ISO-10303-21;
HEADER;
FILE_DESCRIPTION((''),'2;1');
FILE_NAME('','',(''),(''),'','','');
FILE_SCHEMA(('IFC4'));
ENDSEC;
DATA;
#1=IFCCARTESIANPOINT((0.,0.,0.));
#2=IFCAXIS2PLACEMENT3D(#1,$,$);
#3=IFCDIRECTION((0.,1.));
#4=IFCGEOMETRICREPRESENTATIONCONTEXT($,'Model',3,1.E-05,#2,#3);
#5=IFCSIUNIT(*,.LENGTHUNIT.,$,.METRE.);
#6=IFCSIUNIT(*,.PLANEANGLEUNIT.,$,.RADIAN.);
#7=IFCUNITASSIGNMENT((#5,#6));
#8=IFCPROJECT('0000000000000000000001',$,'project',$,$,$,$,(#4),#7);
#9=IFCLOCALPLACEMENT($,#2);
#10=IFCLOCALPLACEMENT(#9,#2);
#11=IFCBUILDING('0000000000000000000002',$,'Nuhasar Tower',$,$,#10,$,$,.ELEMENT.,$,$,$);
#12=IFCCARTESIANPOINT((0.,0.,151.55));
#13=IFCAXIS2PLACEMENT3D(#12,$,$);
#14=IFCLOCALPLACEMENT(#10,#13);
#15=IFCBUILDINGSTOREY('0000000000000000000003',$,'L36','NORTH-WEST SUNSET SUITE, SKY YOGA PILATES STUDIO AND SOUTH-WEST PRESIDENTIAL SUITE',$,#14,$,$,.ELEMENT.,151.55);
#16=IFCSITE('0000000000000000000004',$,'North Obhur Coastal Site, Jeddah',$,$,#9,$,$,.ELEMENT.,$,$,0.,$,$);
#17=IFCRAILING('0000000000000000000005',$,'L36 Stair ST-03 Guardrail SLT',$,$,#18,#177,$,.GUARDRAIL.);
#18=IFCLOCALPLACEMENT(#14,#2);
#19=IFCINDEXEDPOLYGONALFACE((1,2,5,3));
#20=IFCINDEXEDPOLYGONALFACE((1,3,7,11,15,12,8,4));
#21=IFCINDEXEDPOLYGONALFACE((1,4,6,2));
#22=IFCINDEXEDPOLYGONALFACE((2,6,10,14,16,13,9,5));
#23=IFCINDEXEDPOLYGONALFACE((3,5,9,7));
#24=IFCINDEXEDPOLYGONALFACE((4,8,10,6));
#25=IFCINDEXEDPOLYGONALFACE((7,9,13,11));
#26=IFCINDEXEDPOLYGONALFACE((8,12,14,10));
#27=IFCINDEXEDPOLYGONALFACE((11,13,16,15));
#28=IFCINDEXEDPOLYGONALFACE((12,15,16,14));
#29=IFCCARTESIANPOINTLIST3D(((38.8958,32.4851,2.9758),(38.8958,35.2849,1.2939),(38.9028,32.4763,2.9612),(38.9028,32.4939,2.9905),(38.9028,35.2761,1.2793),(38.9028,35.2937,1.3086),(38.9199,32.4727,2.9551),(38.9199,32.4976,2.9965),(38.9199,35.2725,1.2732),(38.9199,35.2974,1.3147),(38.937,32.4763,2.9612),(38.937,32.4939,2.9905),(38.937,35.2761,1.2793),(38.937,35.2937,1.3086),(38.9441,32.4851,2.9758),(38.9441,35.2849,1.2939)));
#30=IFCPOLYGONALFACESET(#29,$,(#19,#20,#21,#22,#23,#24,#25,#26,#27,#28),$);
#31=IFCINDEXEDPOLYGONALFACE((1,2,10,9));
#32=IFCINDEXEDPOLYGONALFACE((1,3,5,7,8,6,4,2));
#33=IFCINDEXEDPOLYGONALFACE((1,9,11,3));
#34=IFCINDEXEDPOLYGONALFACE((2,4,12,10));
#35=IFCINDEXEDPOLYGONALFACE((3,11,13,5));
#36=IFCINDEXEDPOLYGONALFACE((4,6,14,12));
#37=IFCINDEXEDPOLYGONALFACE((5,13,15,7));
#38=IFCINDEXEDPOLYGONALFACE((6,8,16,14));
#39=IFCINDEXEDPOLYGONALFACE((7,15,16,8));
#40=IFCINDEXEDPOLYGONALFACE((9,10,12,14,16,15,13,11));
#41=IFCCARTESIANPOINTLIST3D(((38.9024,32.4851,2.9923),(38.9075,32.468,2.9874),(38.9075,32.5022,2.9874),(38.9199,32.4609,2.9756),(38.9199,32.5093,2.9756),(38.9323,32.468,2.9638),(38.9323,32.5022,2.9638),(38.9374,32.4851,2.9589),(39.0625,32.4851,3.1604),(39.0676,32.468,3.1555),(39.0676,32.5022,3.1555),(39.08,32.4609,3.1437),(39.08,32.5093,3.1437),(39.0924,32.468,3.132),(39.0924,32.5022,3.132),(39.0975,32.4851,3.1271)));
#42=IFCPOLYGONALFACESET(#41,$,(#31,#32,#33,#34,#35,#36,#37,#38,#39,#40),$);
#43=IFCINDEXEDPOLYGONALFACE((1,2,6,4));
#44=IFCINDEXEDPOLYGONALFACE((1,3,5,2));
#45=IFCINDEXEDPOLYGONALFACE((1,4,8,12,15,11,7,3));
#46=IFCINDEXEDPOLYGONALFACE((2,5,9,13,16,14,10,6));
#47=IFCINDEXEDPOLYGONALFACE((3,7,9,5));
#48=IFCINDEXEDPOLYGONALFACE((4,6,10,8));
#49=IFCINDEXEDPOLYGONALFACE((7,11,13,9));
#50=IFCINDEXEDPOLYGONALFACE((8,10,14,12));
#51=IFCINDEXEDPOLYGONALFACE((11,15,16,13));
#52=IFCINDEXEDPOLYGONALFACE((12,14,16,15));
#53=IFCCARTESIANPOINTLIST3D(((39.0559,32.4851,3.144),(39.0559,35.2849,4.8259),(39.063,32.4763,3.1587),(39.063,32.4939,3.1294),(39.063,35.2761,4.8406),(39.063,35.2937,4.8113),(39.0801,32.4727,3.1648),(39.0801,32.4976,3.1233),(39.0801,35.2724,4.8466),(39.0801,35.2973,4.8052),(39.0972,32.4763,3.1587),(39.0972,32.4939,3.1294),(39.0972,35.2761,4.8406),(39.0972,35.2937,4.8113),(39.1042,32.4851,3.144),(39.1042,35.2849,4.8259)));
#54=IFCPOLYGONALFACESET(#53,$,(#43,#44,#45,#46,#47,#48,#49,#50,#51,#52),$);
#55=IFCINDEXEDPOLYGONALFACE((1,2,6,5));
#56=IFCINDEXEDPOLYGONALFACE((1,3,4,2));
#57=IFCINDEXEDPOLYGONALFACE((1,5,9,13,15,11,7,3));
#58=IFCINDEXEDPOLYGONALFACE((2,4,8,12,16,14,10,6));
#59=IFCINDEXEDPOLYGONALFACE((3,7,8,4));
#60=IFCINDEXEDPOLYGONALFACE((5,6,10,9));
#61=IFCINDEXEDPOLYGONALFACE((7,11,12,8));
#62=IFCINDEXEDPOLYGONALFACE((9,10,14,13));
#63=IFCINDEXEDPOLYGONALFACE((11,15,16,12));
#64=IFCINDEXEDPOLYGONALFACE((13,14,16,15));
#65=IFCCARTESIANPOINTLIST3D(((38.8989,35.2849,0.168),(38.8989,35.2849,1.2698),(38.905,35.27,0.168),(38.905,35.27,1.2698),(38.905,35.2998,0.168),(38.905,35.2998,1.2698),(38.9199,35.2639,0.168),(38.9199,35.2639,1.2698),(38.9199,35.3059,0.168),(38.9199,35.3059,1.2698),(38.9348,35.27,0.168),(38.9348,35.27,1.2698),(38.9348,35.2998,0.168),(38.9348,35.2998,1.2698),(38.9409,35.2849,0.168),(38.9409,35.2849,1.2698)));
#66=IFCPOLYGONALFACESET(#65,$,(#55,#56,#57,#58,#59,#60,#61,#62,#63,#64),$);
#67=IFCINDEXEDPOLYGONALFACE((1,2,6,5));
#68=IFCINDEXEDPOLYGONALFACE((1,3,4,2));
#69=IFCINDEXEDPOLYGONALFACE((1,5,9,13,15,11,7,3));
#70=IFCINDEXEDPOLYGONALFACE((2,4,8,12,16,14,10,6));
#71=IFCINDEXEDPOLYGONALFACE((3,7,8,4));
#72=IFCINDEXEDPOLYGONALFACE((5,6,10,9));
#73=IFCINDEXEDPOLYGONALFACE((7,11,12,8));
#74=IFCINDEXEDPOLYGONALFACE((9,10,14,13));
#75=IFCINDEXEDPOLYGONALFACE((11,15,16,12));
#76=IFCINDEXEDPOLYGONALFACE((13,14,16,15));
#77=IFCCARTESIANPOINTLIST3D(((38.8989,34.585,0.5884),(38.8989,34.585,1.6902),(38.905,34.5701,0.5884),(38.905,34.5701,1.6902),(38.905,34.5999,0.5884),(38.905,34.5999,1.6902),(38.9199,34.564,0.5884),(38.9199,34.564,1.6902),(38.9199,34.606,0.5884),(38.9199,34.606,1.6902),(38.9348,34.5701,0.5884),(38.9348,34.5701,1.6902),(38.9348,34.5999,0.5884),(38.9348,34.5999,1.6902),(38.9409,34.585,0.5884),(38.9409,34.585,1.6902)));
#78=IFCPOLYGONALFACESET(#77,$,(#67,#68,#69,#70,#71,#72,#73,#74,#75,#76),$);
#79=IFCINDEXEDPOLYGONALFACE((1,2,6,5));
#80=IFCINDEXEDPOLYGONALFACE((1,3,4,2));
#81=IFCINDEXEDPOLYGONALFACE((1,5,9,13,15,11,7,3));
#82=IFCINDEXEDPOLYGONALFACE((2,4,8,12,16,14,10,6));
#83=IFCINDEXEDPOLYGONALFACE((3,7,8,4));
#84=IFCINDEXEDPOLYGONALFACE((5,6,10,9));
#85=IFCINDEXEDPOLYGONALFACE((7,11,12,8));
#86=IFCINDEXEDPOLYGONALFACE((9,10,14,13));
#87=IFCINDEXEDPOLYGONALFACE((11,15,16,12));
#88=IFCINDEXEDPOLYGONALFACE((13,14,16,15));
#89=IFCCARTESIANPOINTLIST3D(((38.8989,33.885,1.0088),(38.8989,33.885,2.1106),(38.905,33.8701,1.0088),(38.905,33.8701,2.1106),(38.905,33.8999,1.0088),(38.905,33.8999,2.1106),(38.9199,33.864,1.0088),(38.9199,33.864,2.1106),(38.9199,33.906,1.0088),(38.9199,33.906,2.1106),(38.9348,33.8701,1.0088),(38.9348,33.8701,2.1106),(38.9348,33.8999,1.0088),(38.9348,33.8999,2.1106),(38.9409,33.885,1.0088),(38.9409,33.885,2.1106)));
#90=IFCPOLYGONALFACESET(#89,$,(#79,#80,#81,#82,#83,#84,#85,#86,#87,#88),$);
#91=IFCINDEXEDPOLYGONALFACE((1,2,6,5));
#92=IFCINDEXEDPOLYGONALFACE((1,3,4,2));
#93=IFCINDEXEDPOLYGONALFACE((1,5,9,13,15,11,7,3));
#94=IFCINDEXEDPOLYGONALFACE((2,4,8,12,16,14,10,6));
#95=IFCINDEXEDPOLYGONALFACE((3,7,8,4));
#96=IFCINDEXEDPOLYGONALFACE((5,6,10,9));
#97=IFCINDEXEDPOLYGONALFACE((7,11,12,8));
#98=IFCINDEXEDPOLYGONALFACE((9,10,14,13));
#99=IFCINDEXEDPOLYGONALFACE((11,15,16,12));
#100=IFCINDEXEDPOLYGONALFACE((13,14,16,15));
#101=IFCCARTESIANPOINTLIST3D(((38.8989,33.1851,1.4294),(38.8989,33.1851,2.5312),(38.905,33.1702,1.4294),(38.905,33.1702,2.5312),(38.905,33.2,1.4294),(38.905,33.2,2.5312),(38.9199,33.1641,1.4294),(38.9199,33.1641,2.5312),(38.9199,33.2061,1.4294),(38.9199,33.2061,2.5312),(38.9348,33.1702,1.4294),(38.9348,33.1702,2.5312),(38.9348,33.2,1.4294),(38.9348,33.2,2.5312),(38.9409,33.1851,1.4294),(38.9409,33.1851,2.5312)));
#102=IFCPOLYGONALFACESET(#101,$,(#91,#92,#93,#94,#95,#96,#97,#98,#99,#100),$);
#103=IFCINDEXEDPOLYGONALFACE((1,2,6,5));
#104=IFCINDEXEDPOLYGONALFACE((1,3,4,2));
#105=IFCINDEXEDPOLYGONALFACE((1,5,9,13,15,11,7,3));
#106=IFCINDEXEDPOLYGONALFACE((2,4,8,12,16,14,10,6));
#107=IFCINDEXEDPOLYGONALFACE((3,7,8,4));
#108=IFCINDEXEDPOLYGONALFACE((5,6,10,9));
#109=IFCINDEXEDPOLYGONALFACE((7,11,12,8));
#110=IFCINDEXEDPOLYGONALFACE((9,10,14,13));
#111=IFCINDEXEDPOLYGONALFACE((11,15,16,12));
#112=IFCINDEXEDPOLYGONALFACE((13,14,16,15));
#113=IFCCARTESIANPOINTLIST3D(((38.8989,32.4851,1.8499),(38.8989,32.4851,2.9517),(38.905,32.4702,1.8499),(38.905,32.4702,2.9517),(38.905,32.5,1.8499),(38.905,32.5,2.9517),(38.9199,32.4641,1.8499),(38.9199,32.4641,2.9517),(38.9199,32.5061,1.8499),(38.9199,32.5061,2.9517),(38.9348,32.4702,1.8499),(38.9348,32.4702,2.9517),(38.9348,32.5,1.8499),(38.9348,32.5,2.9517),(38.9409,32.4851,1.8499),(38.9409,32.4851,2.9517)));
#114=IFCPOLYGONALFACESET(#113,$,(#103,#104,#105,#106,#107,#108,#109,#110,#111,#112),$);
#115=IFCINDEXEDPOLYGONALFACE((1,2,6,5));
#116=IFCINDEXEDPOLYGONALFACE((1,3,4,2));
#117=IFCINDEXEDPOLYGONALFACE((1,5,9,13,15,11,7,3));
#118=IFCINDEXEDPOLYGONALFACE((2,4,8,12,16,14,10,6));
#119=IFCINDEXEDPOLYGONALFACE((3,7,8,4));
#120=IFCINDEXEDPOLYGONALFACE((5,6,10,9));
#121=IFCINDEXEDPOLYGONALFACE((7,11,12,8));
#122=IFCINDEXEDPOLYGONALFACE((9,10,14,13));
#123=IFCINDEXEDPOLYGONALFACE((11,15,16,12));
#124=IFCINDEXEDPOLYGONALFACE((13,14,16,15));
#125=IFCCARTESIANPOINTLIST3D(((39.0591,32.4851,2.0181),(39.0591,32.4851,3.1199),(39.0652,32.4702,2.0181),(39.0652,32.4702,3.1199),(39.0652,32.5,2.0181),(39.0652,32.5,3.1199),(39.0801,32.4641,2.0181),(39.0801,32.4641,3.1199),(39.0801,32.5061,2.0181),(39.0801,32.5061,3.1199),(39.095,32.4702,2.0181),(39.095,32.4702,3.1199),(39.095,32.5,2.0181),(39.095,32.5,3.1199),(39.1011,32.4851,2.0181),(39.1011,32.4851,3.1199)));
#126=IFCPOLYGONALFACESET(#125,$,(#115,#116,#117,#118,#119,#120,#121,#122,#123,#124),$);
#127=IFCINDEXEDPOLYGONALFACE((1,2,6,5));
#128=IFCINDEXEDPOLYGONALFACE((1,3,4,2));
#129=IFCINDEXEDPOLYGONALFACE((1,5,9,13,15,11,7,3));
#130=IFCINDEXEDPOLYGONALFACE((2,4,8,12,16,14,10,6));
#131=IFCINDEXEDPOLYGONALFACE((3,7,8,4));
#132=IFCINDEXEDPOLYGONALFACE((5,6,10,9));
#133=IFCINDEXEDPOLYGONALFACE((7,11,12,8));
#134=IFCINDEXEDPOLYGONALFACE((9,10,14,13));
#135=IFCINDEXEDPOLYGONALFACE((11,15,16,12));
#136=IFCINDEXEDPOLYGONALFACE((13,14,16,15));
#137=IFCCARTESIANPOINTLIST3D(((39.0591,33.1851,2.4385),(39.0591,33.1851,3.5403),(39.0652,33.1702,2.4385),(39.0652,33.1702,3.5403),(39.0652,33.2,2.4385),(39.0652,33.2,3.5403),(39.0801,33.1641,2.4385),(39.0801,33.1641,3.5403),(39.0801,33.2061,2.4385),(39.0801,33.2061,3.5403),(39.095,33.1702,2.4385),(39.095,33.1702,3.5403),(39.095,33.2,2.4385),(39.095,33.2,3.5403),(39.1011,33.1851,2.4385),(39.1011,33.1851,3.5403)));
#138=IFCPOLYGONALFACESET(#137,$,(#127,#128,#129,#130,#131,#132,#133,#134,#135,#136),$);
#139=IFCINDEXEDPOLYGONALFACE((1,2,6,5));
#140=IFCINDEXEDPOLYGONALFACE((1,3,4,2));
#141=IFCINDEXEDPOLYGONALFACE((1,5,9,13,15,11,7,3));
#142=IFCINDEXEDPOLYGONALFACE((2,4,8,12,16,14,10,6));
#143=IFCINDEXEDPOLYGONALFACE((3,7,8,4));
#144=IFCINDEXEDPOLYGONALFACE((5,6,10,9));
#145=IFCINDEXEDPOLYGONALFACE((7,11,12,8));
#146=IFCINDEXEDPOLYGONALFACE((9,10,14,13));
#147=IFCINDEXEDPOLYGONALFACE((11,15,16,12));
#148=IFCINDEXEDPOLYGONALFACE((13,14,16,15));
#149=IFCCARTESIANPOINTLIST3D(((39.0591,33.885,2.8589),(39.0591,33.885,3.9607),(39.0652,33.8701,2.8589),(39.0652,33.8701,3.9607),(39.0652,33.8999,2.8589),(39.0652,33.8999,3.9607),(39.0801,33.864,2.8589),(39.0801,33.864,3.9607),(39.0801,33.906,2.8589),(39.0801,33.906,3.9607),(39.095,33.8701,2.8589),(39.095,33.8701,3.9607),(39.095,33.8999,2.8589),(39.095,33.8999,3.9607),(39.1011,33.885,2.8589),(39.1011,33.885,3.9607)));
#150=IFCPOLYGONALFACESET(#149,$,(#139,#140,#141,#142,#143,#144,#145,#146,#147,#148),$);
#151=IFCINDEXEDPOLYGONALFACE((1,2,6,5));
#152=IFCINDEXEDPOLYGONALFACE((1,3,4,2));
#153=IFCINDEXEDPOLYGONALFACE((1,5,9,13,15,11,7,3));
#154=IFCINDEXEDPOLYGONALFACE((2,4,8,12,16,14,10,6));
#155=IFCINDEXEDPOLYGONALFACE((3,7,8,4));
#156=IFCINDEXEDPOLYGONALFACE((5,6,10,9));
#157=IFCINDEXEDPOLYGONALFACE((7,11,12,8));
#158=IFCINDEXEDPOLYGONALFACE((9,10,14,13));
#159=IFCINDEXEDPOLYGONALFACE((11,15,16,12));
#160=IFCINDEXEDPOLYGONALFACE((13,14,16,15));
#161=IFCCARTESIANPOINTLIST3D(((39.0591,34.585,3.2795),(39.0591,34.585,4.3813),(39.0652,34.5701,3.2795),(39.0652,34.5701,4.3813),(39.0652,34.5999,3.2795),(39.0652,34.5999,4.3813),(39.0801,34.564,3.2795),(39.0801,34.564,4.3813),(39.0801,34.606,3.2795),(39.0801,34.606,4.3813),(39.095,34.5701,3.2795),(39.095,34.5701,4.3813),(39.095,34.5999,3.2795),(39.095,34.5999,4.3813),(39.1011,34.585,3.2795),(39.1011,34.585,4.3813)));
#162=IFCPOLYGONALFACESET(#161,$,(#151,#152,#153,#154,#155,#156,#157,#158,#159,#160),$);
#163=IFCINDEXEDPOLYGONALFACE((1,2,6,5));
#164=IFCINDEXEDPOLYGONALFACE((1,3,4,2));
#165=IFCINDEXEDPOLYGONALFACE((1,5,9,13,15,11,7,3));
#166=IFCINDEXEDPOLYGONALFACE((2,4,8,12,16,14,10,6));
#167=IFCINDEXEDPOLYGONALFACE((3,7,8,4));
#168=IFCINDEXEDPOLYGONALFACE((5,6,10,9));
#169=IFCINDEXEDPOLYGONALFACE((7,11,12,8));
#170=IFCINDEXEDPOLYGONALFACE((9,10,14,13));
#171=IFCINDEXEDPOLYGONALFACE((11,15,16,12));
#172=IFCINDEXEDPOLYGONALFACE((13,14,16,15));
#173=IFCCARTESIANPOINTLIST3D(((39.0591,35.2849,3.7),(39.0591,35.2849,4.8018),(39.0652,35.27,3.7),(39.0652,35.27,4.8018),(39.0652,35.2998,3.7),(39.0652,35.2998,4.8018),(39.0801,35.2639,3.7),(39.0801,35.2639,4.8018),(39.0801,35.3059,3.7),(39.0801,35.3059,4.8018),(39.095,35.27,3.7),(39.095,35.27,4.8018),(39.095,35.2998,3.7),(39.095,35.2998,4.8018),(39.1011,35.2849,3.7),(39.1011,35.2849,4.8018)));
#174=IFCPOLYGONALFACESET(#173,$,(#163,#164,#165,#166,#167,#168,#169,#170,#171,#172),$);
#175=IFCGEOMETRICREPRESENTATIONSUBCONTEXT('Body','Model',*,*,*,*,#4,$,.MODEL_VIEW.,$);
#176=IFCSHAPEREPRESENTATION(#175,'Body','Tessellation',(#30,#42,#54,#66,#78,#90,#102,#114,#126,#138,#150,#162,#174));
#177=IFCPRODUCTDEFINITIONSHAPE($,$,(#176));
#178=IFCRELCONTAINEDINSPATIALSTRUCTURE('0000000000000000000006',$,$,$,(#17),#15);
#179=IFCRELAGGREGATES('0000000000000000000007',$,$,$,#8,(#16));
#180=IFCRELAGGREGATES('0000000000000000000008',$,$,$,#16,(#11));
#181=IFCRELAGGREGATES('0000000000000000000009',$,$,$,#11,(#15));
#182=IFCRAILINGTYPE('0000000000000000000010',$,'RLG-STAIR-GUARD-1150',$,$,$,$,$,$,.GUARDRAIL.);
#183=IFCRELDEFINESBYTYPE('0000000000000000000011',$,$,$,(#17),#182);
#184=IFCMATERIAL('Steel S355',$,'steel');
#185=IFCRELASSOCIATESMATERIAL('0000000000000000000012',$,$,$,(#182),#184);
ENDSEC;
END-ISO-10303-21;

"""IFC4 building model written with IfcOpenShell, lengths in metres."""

from ifc_helpers import new_model, si_unit, direction, frame, origin, place, context, subcontext, project, spatial, polyline, outline, extrude, material, type_object, element, save


model = new_model("IFC4")

# Units and contexts
model_context = context("Model", 3, precision=1e-05, world=origin(), true_north=direction((0.0, 1.0)))
body_context = subcontext(model_context, "Body", "Model", "MODEL_VIEW")
ifc_project = project(units=[si_unit("LENGTHUNIT", "METRE"), si_unit("PLANEANGLEUNIT", "RADIAN")], contexts=[model_context])

# Site, building, storey
site_placement = place(None, origin())
site = spatial("IfcSite", under=ifc_project, at=site_placement, Name="North Obhur Coastal Site, Jeddah", CompositionType="ELEMENT", RefElevation=0.0)
building_placement = place(site_placement, origin())
building = spatial("IfcBuilding", under=site, at=building_placement, Name="Nuhasar Tower", CompositionType="ELEMENT")
storey_placement = place(building_placement, frame((0.0, 0.0, 151.55)))
storey = spatial("IfcBuildingStorey", under=building, at=storey_placement, Name="L36", Description="NORTH-WEST SUNSET SUITE, SKY YOGA PILATES STUDIO AND SOUTH-WEST PRESIDENTIAL SUITE", CompositionType="ELEMENT", Elevation=151.55)

# Shared definitions
ifc_material_1 = material(Name="Steel S355", Category="steel")

# Railing
railing_type_1 = type_object("IfcRailingType", Name="RLG-STAIR-GUARD-1150", PredefinedType="GUARDRAIL", material=ifc_material_1)
railing_1_placement = place(storey_placement, frame((38.9199, 35.2849, 0.168)))
element("IfcRailing", 1, at=railing_1_placement, inside=storey, type_object=railing_type_1, Name="L36 Stair ST-03 Guardrail SLT", PredefinedType="GUARDRAIL", context=body_context, shape_type="SweptSolid", body=[
    extrude(outline(polyline([(0.0242, 0.0), (0.0171, 0.0171), (0.0, 0.0242), (-0.0171, 0.0171), (-0.0242, 0.0), (-0.0171, -0.0171), (0.0, -0.0242), (0.0171, -0.0171), (0.0242, 0.0)])), frame((0.0, 0.0, 1.126), z_axis=(0.0, -0.857222, 0.514946), x_axis=(1.0, 0.0, 0.0)), (0.0, 0.0, 1.0), 3.2661),
    extrude(outline(polyline([(0.0242, 0.0), (0.0171, 0.0171), (0.0, 0.0242), (-0.0171, 0.0171), (-0.0242, 0.0), (-0.0171, -0.0171), (0.0, -0.0242), (0.0171, -0.0171), (0.0242, 0.0)])), frame((0.0, -2.7998, 2.8076), z_axis=(0.68955, 0.0, 0.724238), x_axis=(0.0, 1.0, 0.0)), (0.0, 0.0, 1.0), 0.2322),
    extrude(outline(polyline([(0.0242, 0.0), (0.0171, 0.0171), (0.0, 0.0242), (-0.0171, 0.0171), (-0.0242, 0.0), (-0.0171, -0.0171), (0.0, -0.0242), (0.0171, -0.0171), (0.0242, 0.0)])), frame((0.1602, -2.7998, 2.9761), z_axis=(0.0, 0.857222, 0.514946), x_axis=(-1.0, 0.0, 0.0)), (0.0, 0.0, 1.0), 3.2661),
    extrude(outline(polyline([(0.021, 0.0), (0.0149, 0.0149), (0.0, 0.021), (-0.0149, 0.0149), (-0.021, 0.0), (-0.0149, -0.0149), (0.0, -0.021), (0.0149, -0.0149), (0.021, 0.0)])), origin(), (0.0, 0.0, 1.0), 1.1018),
    extrude(outline(polyline([(0.021, 0.0), (0.0149, 0.0149), (0.0, 0.021), (-0.0149, 0.0149), (-0.021, 0.0), (-0.0149, -0.0149), (0.0, -0.021), (0.0149, -0.0149), (0.021, 0.0)])), frame((0.0, -0.7, 0.4204)), (0.0, 0.0, 1.0), 1.1018),
    extrude(outline(polyline([(0.021, 0.0), (0.0149, 0.0149), (0.0, 0.021), (-0.0149, 0.0149), (-0.021, 0.0), (-0.0149, -0.0149), (0.0, -0.021), (0.0149, -0.0149), (0.021, 0.0)])), frame((0.0, -1.3999, 0.8408)), (0.0, 0.0, 1.0), 1.1018),
    extrude(outline(polyline([(0.021, 0.0), (0.0149, 0.0149), (0.0, 0.021), (-0.0149, 0.0149), (-0.021, 0.0), (-0.0149, -0.0149), (0.0, -0.021), (0.0149, -0.0149), (0.021, 0.0)])), frame((0.0, -2.0999, 1.2615)), (0.0, 0.0, 1.0), 1.1018),
    extrude(outline(polyline([(0.021, 0.0), (0.0149, 0.0149), (0.0, 0.021), (-0.0149, 0.0149), (-0.021, 0.0), (-0.0149, -0.0149), (0.0, -0.021), (0.0149, -0.0149), (0.021, 0.0)])), frame((0.0, -2.7998, 1.6819)), (0.0, 0.0, 1.0), 1.1018),
    extrude(outline(polyline([(0.021, 0.0), (0.0149, 0.0149), (0.0, 0.021), (-0.0149, 0.0149), (-0.021, 0.0), (-0.0149, -0.0149), (0.0, -0.021), (0.0149, -0.0149), (0.021, 0.0)])), frame((0.1602, -2.7998, 1.8501)), (0.0, 0.0, 1.0), 1.1018),
    extrude(outline(polyline([(0.021, 0.0), (0.0149, 0.0149), (0.0, 0.021), (-0.0149, 0.0149), (-0.021, 0.0), (-0.0149, -0.0149), (0.0, -0.021), (0.0149, -0.0149), (0.021, 0.0)])), frame((0.1602, -2.0999, 2.2705)), (0.0, 0.0, 1.0), 1.1018),
    extrude(outline(polyline([(0.021, 0.0), (0.0149, 0.0149), (0.0, 0.021), (-0.0149, 0.0149), (-0.021, 0.0), (-0.0149, -0.0149), (0.0, -0.021), (0.0149, -0.0149), (0.021, 0.0)])), frame((0.1602, -1.3999, 2.6909)), (0.0, 0.0, 1.0), 1.1018),
    extrude(outline(polyline([(0.021, 0.0), (0.0149, 0.0149), (0.0, 0.021), (-0.0149, 0.0149), (-0.021, 0.0), (-0.0149, -0.0149), (0.0, -0.021), (0.0149, -0.0149), (0.021, 0.0)])), frame((0.1602, -0.7, 3.1116)), (0.0, 0.0, 1.0), 1.1018),
    extrude(outline(polyline([(0.021, 0.0), (0.0149, 0.0149), (0.0, 0.021), (-0.0149, 0.0149), (-0.021, 0.0), (-0.0149, -0.0149), (0.0, -0.021), (0.0149, -0.0149), (0.021, 0.0)])), frame((0.1602, 0.0, 3.532)), (0.0, 0.0, 1.0), 1.1018),
])

save(model, "model.ifc")
